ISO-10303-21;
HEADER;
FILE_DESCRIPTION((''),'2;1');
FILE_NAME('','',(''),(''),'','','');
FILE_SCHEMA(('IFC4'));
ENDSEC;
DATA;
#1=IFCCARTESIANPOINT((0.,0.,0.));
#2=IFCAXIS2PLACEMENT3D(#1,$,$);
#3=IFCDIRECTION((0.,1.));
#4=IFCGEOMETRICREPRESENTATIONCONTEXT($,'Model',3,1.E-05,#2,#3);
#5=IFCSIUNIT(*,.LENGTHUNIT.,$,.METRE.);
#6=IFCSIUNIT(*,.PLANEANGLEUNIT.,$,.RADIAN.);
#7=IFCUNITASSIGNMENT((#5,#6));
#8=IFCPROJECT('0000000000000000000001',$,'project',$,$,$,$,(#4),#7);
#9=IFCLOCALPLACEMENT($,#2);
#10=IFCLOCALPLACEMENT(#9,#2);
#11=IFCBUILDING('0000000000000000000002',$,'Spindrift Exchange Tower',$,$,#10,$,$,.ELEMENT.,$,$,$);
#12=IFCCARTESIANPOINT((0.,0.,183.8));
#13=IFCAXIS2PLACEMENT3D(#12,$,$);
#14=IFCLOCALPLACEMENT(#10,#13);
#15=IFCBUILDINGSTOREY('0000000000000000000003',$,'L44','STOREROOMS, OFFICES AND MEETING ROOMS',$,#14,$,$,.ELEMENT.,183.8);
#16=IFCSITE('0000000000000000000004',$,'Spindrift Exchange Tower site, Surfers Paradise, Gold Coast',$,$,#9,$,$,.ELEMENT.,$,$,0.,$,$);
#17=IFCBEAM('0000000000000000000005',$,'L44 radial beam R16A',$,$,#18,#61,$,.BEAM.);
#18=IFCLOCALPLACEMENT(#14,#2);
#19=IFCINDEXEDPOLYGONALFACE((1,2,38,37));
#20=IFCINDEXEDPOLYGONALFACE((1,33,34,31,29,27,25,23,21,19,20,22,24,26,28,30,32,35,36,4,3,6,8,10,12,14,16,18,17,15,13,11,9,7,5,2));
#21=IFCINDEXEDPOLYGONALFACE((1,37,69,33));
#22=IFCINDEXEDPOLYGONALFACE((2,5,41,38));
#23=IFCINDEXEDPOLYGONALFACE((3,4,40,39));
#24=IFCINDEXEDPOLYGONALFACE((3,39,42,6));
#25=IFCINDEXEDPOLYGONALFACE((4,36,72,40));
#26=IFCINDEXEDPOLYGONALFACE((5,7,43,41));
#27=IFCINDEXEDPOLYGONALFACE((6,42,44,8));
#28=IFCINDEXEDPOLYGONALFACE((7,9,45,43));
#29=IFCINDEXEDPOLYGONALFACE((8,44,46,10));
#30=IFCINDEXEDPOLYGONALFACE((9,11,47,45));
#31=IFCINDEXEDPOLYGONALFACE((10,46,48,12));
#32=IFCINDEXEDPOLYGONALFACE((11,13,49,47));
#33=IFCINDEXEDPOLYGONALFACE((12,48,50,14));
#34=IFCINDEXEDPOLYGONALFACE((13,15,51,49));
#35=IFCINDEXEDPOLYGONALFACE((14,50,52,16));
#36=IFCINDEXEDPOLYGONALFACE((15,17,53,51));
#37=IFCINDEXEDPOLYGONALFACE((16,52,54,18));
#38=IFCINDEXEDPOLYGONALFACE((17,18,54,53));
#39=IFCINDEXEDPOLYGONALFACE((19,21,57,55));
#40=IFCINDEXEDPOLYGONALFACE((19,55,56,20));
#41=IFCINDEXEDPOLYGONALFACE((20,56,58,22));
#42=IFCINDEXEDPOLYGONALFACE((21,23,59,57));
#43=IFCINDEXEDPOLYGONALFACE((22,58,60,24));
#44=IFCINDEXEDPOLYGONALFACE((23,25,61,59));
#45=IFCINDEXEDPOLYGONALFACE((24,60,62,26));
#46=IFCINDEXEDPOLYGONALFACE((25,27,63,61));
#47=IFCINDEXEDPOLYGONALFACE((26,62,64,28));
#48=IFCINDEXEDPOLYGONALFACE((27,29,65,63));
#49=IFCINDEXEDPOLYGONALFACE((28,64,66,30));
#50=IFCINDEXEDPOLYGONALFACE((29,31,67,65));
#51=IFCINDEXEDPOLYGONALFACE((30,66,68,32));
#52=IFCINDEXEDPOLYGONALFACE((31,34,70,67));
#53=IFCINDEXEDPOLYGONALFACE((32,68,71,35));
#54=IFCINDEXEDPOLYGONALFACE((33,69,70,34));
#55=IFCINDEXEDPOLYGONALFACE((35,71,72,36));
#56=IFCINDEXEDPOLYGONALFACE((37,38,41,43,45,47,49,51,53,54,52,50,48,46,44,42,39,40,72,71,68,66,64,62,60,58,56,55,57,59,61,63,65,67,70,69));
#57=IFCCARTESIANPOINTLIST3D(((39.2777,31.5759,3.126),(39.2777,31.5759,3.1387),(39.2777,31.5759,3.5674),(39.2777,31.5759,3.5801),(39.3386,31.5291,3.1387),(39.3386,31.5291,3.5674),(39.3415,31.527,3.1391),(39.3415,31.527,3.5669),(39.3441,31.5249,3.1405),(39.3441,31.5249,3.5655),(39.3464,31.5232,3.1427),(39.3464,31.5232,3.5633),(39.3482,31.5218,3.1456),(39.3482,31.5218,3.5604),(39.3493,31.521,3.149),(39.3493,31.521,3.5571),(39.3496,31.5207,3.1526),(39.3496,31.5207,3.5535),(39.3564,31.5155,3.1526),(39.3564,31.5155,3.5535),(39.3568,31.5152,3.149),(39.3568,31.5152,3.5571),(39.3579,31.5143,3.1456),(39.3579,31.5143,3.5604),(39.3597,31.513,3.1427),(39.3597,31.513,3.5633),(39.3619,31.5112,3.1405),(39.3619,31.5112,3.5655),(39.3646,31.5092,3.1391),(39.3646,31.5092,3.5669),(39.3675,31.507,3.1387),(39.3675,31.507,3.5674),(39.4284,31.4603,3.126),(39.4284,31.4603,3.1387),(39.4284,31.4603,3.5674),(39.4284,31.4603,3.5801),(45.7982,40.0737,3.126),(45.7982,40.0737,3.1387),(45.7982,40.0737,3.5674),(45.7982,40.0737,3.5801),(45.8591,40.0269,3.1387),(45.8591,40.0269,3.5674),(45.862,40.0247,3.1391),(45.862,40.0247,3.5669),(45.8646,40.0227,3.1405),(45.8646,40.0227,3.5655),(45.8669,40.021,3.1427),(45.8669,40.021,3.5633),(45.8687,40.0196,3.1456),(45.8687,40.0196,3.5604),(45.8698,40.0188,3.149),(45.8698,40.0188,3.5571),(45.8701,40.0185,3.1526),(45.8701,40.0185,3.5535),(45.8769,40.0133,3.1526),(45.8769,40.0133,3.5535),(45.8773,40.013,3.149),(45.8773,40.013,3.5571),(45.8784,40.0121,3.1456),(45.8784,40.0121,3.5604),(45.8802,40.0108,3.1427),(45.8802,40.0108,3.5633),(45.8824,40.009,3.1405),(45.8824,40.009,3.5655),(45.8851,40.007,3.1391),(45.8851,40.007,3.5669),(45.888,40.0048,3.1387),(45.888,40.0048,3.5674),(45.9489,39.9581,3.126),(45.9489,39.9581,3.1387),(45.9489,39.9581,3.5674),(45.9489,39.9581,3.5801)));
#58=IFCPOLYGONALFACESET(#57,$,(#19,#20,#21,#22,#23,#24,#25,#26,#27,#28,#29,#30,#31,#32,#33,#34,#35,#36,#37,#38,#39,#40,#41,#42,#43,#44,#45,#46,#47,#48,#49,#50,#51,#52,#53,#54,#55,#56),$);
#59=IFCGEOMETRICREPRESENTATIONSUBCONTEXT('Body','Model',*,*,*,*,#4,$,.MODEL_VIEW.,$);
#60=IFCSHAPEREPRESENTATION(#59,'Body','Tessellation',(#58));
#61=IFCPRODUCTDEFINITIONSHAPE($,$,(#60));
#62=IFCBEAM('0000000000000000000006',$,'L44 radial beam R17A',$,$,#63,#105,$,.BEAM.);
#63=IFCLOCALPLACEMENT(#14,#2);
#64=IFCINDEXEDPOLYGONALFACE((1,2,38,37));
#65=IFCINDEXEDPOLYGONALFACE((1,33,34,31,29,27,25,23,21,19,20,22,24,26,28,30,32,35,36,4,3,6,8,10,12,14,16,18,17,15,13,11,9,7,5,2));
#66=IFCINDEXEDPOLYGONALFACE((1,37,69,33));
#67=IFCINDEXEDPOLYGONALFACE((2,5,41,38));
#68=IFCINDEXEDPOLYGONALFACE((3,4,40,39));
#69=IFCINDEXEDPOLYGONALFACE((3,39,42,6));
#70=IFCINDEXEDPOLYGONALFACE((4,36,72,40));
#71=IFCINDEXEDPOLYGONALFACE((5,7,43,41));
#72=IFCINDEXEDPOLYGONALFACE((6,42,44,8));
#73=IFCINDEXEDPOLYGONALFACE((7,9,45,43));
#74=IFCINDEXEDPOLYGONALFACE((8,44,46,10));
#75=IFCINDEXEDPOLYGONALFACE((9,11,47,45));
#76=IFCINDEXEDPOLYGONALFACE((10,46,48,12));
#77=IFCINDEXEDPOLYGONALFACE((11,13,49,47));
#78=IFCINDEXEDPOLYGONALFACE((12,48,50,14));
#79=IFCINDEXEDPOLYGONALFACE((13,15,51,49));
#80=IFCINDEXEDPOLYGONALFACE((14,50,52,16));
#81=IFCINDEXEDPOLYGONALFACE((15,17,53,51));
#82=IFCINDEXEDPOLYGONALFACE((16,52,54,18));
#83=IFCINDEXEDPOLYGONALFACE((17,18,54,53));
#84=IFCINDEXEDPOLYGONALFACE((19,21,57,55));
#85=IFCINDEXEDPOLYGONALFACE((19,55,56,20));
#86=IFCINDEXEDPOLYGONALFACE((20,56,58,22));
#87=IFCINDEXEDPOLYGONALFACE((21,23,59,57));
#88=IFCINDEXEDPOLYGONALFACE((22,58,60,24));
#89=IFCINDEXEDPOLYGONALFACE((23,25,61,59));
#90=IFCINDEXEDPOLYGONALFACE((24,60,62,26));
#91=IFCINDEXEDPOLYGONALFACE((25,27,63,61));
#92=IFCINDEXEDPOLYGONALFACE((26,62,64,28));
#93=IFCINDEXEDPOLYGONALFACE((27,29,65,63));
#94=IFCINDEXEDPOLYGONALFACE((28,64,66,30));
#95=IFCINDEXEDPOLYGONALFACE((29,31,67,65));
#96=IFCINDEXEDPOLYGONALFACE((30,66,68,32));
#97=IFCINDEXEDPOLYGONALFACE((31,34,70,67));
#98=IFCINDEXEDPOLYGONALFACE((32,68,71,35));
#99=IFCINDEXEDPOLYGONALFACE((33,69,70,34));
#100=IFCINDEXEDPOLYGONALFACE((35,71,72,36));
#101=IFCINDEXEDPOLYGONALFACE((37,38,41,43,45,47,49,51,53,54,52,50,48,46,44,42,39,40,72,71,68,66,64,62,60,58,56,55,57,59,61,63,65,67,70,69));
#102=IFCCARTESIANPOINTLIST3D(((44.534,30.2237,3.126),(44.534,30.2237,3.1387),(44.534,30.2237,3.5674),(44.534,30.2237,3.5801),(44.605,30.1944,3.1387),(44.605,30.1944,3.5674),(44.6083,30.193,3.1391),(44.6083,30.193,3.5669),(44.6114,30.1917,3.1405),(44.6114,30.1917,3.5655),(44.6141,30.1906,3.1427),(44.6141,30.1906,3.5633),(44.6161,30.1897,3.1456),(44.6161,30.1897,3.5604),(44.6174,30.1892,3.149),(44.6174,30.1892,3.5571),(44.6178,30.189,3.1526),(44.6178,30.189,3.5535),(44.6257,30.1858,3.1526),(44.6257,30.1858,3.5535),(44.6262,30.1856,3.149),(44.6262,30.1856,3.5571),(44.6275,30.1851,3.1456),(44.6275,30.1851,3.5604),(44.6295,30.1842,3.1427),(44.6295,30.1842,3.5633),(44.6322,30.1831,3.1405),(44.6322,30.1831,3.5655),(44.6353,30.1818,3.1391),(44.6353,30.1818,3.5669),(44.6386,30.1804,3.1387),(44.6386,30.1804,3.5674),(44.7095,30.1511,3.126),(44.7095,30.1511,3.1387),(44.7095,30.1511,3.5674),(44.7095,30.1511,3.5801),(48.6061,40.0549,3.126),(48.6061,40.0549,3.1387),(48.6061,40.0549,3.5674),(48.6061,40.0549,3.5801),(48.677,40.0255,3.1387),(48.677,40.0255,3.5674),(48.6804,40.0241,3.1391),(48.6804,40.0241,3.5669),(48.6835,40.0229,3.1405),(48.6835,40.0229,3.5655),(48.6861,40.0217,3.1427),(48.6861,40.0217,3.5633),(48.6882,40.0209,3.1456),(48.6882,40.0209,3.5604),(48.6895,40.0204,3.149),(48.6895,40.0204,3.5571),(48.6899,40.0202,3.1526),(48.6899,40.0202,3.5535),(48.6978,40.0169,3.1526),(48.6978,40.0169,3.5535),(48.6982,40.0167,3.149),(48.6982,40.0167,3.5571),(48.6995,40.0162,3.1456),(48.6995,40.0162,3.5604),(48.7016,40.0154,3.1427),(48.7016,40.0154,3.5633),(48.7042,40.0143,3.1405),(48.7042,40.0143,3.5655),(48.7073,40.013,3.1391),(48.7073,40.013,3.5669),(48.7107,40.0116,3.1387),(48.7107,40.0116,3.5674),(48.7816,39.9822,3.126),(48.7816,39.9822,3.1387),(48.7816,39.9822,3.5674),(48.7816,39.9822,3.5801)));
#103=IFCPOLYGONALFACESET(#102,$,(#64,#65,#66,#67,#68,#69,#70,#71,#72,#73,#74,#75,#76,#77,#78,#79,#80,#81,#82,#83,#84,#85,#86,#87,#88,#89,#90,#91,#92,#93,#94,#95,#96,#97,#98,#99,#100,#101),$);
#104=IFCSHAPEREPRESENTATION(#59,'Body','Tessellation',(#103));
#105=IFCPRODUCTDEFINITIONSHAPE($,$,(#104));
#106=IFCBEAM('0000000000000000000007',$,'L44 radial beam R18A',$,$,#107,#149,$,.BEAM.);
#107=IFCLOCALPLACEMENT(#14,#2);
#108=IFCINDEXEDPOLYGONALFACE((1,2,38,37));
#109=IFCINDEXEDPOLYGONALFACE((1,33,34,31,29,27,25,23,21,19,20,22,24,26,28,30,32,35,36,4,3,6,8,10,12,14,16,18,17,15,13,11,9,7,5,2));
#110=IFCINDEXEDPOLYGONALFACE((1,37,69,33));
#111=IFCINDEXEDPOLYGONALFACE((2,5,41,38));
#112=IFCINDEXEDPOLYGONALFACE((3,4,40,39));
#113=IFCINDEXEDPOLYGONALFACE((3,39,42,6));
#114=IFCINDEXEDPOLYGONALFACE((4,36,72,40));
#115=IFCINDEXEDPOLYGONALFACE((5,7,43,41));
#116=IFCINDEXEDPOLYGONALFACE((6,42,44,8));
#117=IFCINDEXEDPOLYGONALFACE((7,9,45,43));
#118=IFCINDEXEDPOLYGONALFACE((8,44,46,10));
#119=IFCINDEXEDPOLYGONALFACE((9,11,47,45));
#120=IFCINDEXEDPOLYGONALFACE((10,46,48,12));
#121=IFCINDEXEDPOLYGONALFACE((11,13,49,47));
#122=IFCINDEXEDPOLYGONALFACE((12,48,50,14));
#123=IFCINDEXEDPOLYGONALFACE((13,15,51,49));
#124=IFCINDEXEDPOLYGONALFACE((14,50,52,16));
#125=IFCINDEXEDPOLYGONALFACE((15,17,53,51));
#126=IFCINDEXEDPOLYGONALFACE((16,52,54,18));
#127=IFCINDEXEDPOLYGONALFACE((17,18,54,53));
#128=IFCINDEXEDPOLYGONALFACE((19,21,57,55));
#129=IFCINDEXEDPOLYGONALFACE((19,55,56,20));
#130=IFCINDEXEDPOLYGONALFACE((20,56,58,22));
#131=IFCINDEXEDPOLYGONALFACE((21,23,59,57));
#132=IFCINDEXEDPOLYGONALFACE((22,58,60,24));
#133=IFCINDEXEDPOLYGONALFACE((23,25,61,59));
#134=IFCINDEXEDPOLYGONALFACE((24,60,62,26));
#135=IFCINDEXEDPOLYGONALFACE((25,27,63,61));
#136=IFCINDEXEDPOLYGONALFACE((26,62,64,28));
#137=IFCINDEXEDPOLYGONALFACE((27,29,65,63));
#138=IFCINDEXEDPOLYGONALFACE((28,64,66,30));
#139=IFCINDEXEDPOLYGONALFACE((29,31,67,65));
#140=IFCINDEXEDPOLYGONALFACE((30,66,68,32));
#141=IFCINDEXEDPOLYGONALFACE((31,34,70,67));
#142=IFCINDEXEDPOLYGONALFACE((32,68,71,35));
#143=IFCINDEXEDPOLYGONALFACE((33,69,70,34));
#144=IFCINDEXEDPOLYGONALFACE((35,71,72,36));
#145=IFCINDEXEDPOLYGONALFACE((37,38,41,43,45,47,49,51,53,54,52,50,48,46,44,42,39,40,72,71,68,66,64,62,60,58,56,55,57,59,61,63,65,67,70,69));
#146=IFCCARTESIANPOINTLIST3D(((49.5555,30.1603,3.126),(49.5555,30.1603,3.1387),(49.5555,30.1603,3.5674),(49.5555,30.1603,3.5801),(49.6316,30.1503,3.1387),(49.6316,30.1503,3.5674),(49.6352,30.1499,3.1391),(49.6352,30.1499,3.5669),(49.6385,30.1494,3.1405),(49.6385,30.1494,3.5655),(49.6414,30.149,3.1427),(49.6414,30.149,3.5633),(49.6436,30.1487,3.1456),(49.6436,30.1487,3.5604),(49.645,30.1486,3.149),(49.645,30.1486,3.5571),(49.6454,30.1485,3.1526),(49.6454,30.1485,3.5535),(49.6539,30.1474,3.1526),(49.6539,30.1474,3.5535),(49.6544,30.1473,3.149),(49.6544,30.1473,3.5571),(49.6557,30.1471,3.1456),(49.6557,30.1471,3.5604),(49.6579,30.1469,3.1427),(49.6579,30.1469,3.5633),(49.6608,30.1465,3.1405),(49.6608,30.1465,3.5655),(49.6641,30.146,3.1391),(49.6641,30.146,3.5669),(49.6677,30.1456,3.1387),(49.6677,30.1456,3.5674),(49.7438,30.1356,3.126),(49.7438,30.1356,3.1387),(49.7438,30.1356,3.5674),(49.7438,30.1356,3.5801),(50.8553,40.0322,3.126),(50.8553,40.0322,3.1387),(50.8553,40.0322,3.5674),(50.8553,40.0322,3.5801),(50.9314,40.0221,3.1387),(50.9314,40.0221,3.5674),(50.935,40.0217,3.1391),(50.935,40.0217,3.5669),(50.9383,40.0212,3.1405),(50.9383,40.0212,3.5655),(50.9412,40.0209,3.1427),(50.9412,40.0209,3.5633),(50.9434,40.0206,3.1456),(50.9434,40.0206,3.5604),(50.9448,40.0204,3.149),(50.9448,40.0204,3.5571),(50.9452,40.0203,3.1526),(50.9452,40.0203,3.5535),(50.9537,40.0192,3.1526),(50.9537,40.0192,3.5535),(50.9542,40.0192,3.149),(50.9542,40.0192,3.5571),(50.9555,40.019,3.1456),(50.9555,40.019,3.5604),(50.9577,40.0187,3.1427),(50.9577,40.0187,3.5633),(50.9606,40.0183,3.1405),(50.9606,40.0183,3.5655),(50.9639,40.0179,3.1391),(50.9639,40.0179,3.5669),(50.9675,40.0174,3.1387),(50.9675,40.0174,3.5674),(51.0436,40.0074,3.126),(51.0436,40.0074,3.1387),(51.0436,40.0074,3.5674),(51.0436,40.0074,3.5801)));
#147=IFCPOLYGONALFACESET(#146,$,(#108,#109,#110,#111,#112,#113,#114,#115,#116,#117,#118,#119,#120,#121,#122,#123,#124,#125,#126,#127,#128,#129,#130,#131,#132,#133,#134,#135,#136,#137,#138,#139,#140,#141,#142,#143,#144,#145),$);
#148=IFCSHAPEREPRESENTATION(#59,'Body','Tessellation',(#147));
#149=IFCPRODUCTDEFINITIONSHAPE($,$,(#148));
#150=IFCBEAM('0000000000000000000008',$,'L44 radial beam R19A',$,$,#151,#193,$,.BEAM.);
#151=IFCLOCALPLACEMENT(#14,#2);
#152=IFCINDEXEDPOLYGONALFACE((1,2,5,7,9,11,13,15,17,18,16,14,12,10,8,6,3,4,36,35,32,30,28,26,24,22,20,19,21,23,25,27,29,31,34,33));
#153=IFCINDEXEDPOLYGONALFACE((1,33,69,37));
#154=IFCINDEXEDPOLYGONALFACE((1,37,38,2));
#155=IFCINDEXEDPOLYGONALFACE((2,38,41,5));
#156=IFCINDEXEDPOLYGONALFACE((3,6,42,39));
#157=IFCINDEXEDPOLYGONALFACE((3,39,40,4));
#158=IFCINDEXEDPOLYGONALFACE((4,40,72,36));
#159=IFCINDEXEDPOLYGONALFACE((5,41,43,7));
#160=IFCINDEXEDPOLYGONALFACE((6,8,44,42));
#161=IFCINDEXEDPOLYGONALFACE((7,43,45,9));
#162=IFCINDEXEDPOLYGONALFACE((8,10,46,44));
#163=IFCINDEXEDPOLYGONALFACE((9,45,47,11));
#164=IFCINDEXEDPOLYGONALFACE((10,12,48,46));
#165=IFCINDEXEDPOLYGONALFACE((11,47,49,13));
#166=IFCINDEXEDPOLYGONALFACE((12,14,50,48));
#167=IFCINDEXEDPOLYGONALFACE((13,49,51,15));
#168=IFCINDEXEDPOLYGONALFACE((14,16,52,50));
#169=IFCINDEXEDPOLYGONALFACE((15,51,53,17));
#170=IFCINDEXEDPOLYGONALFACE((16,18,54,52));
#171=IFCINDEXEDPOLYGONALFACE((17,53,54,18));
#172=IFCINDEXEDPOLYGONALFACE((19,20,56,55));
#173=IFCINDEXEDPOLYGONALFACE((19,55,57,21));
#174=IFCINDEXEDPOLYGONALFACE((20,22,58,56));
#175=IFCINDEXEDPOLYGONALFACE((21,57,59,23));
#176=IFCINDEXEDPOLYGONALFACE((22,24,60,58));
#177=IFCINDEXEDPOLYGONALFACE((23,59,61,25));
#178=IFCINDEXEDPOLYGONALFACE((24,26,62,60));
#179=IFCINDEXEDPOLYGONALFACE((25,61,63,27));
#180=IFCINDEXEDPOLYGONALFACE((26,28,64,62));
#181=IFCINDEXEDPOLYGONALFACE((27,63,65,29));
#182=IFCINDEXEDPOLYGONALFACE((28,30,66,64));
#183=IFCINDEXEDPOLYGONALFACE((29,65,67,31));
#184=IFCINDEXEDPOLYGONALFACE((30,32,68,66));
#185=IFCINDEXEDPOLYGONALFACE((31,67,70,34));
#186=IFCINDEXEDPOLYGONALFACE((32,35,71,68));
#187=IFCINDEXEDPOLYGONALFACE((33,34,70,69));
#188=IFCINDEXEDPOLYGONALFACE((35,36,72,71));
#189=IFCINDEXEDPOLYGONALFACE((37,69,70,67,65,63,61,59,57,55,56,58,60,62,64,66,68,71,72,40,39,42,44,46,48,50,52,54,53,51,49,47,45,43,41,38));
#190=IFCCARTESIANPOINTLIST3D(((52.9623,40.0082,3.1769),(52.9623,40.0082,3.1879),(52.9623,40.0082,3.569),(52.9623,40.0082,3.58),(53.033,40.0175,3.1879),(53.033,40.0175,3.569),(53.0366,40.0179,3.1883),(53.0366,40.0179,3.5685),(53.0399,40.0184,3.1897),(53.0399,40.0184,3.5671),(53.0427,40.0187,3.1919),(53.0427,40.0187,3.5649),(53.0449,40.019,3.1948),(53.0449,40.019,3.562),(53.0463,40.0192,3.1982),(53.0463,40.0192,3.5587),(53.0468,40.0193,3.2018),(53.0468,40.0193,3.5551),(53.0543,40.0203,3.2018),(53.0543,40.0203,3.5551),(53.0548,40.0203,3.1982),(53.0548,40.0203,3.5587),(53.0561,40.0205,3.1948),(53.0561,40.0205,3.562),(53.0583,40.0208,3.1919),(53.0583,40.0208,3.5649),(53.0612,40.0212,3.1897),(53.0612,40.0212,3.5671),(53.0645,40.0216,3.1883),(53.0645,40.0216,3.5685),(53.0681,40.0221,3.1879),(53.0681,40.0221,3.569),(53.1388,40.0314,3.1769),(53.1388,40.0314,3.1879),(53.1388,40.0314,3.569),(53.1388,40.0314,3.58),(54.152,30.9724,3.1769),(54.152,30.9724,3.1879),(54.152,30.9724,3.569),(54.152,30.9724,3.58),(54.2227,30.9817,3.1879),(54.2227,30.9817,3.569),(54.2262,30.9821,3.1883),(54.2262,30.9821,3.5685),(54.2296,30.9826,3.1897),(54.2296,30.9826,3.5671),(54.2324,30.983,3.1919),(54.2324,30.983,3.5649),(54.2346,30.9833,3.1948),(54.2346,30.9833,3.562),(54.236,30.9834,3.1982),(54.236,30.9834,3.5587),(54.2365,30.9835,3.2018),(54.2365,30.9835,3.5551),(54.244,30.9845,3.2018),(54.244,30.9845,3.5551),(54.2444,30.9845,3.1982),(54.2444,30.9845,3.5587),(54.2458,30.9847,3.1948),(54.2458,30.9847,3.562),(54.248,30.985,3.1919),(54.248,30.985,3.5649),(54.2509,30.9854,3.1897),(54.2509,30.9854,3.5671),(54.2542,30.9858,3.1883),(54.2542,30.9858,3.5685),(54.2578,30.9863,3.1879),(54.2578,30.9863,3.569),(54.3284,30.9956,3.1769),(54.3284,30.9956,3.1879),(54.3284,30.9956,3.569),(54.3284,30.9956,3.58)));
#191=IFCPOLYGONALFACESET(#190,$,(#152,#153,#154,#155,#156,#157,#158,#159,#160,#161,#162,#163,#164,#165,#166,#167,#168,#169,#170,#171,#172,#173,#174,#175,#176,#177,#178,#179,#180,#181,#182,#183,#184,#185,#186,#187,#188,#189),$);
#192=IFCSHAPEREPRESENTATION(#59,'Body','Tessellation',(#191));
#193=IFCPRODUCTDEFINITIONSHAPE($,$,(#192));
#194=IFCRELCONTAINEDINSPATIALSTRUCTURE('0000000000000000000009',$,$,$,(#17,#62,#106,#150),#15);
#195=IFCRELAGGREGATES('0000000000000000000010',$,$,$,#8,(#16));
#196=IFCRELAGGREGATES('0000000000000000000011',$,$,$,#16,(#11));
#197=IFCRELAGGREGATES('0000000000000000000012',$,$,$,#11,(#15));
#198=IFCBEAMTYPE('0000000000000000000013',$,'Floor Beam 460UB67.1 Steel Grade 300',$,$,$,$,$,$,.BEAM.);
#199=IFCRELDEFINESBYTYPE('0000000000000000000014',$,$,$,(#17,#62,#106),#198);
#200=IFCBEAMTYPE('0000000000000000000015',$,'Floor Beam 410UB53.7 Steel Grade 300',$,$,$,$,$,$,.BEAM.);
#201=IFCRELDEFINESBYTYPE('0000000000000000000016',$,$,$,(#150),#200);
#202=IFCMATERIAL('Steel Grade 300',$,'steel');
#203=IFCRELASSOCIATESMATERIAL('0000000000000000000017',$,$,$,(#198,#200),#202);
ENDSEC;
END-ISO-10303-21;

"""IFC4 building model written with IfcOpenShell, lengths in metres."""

from ifc_helpers import new_model, si_unit, direction, frame, origin, origin_2d, place, context, subcontext, project, spatial, i_section, extrude, source, transform, mapped, material, material_profile, profile_set, type_object, element, save


model = new_model("IFC4")

# Units and contexts
model_context = context("Model", 3, precision=1e-05, world=origin(), true_north=direction((0.0, 1.0)))
body_context = subcontext(model_context, "Body", "Model", "MODEL_VIEW")
ifc_project = project(units=[si_unit("LENGTHUNIT", "METRE"), si_unit("PLANEANGLEUNIT", "RADIAN")], contexts=[model_context])

# Site, building, storey
site_placement = place(None, origin())
site = spatial("IfcSite", under=ifc_project, at=site_placement, Name="Spindrift Exchange Tower site, Surfers Paradise, Gold Coast", CompositionType="ELEMENT", RefElevation=0.0)
building_placement = place(site_placement, origin())
building = spatial("IfcBuilding", under=site, at=building_placement, Name="Spindrift Exchange Tower", CompositionType="ELEMENT")
storey_placement = place(building_placement, frame((0.0, 0.0, 183.8)))
storey = spatial("IfcBuildingStorey", under=building, at=storey_placement, Name="L44", Description="STOREROOMS, OFFICES AND MEETING ROOMS", CompositionType="ELEMENT", Elevation=183.8)

# Beams
ifc_material_1 = material(Name="Steel Grade 300", Category="steel")
ifc_material_profile_1 = material_profile(ifc_material_1, i_section(OverallWidth=0.1899, OverallDepth=0.4541, WebThickness=0.0085, FlangeThickness=0.0127, FilletRadius=0.0139, at=origin_2d()), Name="460UB67.1")
ifc_profile_set_1 = profile_set([ifc_material_profile_1], Name="Steel Grade 300")
beam_type_1 = type_object("IfcBeamType", Name="Floor Beam 460UB67.1 Steel Grade 300", PredefinedType="BEAM", material=ifc_profile_set_1)
shared_shape_1 = source(origin(), body_context, "Body", "SweptSolid", [
    extrude(i_section(OverallWidth=0.1899, OverallDepth=0.4541, WebThickness=0.0085, FlangeThickness=0.0127, FilletRadius=0.0139, at=origin_2d()), origin(), (0.0, 0.0, 1.0), 10.7112),
])
beam_1_placement = place(storey_placement, frame((45.8735, 40.0159, 3.353), z_axis=(-0.608756, -0.793357, 0.0), x_axis=(0.793357, -0.608756, 0.0)))
element("IfcBeam", 1, at=beam_1_placement, inside=storey, type_object=beam_type_1, Name="L44 radial beam R16A", PredefinedType="BEAM", context=body_context, shape_type="MappedRepresentation", body=[
    mapped(shared_shape_1, transform((0.0, 0.0, 0.0), scale=1.0)),
])
shared_shape_2 = source(origin(), body_context, "Body", "SweptSolid", [
    extrude(i_section(OverallWidth=0.1899, OverallDepth=0.4541, WebThickness=0.0085, FlangeThickness=0.0127, FilletRadius=0.0139, at=origin_2d()), origin(), (0.0, 0.0, 1.0), 10.6411),
])
beam_2_placement = place(storey_placement, frame((48.6938, 40.0186, 3.353), z_axis=(-0.382673, -0.923884, 0.0), x_axis=(0.923884, -0.382673, 0.0)))
element("IfcBeam", 2, at=beam_2_placement, inside=storey, type_object=beam_type_1, Name="L44 radial beam R17A", PredefinedType="BEAM", context=body_context, shape_type="MappedRepresentation", body=[
    mapped(shared_shape_2, transform((0.0, 0.0, 0.0), scale=1.0)),
])
shared_shape_3 = source(origin(), body_context, "Body", "SweptSolid", [
    extrude(i_section(OverallWidth=0.1899, OverallDepth=0.4541, WebThickness=0.0085, FlangeThickness=0.0127, FilletRadius=0.0139, at=origin_2d()), origin(), (0.0, 0.0, 1.0), 9.957),
])
beam_3_placement = place(storey_placement, frame((50.9495, 40.0198, 3.353), z_axis=(-0.130541, -0.991443, 0.0), x_axis=(0.991443, -0.130541, 0.0)))
element("IfcBeam", 3, at=beam_3_placement, inside=storey, type_object=beam_type_1, Name="L44 radial beam R18A", PredefinedType="BEAM", context=body_context, shape_type="MappedRepresentation", body=[
    mapped(shared_shape_3, transform((0.0, 0.0, 0.0), scale=1.0)),
])
ifc_material_profile_2 = material_profile(ifc_material_1, i_section(OverallWidth=0.178, OverallDepth=0.4031, WebThickness=0.0076, FlangeThickness=0.011, FilletRadius=0.0139, at=origin_2d()), Name="410UB53.7")
ifc_profile_set_2 = profile_set([ifc_material_profile_2], Name="Steel Grade 300")
beam_type_2 = type_object("IfcBeamType", Name="Floor Beam 410UB53.7 Steel Grade 300", PredefinedType="BEAM", material=ifc_profile_set_2)
shared_shape_4 = source(origin(), body_context, "Body", "SweptSolid", [
    extrude(i_section(OverallWidth=0.178, OverallDepth=0.4031, WebThickness=0.0076, FlangeThickness=0.011, FilletRadius=0.0139, at=origin_2d()), origin(), (0.0, 0.0, 1.0), 9.1138),
])
beam_4_placement = place(storey_placement, frame((53.0505, 40.0198, 3.3784), z_axis=(0.130537, -0.991443, 0.0), x_axis=(0.991443, 0.130537, 0.0)))
element("IfcBeam", 4, at=beam_4_placement, inside=storey, type_object=beam_type_2, Name="L44 radial beam R19A", PredefinedType="BEAM", context=body_context, shape_type="MappedRepresentation", body=[
    mapped(shared_shape_4, transform((0.0, 0.0, 0.0), scale=1.0)),
])

save(model, "model.ifc")
